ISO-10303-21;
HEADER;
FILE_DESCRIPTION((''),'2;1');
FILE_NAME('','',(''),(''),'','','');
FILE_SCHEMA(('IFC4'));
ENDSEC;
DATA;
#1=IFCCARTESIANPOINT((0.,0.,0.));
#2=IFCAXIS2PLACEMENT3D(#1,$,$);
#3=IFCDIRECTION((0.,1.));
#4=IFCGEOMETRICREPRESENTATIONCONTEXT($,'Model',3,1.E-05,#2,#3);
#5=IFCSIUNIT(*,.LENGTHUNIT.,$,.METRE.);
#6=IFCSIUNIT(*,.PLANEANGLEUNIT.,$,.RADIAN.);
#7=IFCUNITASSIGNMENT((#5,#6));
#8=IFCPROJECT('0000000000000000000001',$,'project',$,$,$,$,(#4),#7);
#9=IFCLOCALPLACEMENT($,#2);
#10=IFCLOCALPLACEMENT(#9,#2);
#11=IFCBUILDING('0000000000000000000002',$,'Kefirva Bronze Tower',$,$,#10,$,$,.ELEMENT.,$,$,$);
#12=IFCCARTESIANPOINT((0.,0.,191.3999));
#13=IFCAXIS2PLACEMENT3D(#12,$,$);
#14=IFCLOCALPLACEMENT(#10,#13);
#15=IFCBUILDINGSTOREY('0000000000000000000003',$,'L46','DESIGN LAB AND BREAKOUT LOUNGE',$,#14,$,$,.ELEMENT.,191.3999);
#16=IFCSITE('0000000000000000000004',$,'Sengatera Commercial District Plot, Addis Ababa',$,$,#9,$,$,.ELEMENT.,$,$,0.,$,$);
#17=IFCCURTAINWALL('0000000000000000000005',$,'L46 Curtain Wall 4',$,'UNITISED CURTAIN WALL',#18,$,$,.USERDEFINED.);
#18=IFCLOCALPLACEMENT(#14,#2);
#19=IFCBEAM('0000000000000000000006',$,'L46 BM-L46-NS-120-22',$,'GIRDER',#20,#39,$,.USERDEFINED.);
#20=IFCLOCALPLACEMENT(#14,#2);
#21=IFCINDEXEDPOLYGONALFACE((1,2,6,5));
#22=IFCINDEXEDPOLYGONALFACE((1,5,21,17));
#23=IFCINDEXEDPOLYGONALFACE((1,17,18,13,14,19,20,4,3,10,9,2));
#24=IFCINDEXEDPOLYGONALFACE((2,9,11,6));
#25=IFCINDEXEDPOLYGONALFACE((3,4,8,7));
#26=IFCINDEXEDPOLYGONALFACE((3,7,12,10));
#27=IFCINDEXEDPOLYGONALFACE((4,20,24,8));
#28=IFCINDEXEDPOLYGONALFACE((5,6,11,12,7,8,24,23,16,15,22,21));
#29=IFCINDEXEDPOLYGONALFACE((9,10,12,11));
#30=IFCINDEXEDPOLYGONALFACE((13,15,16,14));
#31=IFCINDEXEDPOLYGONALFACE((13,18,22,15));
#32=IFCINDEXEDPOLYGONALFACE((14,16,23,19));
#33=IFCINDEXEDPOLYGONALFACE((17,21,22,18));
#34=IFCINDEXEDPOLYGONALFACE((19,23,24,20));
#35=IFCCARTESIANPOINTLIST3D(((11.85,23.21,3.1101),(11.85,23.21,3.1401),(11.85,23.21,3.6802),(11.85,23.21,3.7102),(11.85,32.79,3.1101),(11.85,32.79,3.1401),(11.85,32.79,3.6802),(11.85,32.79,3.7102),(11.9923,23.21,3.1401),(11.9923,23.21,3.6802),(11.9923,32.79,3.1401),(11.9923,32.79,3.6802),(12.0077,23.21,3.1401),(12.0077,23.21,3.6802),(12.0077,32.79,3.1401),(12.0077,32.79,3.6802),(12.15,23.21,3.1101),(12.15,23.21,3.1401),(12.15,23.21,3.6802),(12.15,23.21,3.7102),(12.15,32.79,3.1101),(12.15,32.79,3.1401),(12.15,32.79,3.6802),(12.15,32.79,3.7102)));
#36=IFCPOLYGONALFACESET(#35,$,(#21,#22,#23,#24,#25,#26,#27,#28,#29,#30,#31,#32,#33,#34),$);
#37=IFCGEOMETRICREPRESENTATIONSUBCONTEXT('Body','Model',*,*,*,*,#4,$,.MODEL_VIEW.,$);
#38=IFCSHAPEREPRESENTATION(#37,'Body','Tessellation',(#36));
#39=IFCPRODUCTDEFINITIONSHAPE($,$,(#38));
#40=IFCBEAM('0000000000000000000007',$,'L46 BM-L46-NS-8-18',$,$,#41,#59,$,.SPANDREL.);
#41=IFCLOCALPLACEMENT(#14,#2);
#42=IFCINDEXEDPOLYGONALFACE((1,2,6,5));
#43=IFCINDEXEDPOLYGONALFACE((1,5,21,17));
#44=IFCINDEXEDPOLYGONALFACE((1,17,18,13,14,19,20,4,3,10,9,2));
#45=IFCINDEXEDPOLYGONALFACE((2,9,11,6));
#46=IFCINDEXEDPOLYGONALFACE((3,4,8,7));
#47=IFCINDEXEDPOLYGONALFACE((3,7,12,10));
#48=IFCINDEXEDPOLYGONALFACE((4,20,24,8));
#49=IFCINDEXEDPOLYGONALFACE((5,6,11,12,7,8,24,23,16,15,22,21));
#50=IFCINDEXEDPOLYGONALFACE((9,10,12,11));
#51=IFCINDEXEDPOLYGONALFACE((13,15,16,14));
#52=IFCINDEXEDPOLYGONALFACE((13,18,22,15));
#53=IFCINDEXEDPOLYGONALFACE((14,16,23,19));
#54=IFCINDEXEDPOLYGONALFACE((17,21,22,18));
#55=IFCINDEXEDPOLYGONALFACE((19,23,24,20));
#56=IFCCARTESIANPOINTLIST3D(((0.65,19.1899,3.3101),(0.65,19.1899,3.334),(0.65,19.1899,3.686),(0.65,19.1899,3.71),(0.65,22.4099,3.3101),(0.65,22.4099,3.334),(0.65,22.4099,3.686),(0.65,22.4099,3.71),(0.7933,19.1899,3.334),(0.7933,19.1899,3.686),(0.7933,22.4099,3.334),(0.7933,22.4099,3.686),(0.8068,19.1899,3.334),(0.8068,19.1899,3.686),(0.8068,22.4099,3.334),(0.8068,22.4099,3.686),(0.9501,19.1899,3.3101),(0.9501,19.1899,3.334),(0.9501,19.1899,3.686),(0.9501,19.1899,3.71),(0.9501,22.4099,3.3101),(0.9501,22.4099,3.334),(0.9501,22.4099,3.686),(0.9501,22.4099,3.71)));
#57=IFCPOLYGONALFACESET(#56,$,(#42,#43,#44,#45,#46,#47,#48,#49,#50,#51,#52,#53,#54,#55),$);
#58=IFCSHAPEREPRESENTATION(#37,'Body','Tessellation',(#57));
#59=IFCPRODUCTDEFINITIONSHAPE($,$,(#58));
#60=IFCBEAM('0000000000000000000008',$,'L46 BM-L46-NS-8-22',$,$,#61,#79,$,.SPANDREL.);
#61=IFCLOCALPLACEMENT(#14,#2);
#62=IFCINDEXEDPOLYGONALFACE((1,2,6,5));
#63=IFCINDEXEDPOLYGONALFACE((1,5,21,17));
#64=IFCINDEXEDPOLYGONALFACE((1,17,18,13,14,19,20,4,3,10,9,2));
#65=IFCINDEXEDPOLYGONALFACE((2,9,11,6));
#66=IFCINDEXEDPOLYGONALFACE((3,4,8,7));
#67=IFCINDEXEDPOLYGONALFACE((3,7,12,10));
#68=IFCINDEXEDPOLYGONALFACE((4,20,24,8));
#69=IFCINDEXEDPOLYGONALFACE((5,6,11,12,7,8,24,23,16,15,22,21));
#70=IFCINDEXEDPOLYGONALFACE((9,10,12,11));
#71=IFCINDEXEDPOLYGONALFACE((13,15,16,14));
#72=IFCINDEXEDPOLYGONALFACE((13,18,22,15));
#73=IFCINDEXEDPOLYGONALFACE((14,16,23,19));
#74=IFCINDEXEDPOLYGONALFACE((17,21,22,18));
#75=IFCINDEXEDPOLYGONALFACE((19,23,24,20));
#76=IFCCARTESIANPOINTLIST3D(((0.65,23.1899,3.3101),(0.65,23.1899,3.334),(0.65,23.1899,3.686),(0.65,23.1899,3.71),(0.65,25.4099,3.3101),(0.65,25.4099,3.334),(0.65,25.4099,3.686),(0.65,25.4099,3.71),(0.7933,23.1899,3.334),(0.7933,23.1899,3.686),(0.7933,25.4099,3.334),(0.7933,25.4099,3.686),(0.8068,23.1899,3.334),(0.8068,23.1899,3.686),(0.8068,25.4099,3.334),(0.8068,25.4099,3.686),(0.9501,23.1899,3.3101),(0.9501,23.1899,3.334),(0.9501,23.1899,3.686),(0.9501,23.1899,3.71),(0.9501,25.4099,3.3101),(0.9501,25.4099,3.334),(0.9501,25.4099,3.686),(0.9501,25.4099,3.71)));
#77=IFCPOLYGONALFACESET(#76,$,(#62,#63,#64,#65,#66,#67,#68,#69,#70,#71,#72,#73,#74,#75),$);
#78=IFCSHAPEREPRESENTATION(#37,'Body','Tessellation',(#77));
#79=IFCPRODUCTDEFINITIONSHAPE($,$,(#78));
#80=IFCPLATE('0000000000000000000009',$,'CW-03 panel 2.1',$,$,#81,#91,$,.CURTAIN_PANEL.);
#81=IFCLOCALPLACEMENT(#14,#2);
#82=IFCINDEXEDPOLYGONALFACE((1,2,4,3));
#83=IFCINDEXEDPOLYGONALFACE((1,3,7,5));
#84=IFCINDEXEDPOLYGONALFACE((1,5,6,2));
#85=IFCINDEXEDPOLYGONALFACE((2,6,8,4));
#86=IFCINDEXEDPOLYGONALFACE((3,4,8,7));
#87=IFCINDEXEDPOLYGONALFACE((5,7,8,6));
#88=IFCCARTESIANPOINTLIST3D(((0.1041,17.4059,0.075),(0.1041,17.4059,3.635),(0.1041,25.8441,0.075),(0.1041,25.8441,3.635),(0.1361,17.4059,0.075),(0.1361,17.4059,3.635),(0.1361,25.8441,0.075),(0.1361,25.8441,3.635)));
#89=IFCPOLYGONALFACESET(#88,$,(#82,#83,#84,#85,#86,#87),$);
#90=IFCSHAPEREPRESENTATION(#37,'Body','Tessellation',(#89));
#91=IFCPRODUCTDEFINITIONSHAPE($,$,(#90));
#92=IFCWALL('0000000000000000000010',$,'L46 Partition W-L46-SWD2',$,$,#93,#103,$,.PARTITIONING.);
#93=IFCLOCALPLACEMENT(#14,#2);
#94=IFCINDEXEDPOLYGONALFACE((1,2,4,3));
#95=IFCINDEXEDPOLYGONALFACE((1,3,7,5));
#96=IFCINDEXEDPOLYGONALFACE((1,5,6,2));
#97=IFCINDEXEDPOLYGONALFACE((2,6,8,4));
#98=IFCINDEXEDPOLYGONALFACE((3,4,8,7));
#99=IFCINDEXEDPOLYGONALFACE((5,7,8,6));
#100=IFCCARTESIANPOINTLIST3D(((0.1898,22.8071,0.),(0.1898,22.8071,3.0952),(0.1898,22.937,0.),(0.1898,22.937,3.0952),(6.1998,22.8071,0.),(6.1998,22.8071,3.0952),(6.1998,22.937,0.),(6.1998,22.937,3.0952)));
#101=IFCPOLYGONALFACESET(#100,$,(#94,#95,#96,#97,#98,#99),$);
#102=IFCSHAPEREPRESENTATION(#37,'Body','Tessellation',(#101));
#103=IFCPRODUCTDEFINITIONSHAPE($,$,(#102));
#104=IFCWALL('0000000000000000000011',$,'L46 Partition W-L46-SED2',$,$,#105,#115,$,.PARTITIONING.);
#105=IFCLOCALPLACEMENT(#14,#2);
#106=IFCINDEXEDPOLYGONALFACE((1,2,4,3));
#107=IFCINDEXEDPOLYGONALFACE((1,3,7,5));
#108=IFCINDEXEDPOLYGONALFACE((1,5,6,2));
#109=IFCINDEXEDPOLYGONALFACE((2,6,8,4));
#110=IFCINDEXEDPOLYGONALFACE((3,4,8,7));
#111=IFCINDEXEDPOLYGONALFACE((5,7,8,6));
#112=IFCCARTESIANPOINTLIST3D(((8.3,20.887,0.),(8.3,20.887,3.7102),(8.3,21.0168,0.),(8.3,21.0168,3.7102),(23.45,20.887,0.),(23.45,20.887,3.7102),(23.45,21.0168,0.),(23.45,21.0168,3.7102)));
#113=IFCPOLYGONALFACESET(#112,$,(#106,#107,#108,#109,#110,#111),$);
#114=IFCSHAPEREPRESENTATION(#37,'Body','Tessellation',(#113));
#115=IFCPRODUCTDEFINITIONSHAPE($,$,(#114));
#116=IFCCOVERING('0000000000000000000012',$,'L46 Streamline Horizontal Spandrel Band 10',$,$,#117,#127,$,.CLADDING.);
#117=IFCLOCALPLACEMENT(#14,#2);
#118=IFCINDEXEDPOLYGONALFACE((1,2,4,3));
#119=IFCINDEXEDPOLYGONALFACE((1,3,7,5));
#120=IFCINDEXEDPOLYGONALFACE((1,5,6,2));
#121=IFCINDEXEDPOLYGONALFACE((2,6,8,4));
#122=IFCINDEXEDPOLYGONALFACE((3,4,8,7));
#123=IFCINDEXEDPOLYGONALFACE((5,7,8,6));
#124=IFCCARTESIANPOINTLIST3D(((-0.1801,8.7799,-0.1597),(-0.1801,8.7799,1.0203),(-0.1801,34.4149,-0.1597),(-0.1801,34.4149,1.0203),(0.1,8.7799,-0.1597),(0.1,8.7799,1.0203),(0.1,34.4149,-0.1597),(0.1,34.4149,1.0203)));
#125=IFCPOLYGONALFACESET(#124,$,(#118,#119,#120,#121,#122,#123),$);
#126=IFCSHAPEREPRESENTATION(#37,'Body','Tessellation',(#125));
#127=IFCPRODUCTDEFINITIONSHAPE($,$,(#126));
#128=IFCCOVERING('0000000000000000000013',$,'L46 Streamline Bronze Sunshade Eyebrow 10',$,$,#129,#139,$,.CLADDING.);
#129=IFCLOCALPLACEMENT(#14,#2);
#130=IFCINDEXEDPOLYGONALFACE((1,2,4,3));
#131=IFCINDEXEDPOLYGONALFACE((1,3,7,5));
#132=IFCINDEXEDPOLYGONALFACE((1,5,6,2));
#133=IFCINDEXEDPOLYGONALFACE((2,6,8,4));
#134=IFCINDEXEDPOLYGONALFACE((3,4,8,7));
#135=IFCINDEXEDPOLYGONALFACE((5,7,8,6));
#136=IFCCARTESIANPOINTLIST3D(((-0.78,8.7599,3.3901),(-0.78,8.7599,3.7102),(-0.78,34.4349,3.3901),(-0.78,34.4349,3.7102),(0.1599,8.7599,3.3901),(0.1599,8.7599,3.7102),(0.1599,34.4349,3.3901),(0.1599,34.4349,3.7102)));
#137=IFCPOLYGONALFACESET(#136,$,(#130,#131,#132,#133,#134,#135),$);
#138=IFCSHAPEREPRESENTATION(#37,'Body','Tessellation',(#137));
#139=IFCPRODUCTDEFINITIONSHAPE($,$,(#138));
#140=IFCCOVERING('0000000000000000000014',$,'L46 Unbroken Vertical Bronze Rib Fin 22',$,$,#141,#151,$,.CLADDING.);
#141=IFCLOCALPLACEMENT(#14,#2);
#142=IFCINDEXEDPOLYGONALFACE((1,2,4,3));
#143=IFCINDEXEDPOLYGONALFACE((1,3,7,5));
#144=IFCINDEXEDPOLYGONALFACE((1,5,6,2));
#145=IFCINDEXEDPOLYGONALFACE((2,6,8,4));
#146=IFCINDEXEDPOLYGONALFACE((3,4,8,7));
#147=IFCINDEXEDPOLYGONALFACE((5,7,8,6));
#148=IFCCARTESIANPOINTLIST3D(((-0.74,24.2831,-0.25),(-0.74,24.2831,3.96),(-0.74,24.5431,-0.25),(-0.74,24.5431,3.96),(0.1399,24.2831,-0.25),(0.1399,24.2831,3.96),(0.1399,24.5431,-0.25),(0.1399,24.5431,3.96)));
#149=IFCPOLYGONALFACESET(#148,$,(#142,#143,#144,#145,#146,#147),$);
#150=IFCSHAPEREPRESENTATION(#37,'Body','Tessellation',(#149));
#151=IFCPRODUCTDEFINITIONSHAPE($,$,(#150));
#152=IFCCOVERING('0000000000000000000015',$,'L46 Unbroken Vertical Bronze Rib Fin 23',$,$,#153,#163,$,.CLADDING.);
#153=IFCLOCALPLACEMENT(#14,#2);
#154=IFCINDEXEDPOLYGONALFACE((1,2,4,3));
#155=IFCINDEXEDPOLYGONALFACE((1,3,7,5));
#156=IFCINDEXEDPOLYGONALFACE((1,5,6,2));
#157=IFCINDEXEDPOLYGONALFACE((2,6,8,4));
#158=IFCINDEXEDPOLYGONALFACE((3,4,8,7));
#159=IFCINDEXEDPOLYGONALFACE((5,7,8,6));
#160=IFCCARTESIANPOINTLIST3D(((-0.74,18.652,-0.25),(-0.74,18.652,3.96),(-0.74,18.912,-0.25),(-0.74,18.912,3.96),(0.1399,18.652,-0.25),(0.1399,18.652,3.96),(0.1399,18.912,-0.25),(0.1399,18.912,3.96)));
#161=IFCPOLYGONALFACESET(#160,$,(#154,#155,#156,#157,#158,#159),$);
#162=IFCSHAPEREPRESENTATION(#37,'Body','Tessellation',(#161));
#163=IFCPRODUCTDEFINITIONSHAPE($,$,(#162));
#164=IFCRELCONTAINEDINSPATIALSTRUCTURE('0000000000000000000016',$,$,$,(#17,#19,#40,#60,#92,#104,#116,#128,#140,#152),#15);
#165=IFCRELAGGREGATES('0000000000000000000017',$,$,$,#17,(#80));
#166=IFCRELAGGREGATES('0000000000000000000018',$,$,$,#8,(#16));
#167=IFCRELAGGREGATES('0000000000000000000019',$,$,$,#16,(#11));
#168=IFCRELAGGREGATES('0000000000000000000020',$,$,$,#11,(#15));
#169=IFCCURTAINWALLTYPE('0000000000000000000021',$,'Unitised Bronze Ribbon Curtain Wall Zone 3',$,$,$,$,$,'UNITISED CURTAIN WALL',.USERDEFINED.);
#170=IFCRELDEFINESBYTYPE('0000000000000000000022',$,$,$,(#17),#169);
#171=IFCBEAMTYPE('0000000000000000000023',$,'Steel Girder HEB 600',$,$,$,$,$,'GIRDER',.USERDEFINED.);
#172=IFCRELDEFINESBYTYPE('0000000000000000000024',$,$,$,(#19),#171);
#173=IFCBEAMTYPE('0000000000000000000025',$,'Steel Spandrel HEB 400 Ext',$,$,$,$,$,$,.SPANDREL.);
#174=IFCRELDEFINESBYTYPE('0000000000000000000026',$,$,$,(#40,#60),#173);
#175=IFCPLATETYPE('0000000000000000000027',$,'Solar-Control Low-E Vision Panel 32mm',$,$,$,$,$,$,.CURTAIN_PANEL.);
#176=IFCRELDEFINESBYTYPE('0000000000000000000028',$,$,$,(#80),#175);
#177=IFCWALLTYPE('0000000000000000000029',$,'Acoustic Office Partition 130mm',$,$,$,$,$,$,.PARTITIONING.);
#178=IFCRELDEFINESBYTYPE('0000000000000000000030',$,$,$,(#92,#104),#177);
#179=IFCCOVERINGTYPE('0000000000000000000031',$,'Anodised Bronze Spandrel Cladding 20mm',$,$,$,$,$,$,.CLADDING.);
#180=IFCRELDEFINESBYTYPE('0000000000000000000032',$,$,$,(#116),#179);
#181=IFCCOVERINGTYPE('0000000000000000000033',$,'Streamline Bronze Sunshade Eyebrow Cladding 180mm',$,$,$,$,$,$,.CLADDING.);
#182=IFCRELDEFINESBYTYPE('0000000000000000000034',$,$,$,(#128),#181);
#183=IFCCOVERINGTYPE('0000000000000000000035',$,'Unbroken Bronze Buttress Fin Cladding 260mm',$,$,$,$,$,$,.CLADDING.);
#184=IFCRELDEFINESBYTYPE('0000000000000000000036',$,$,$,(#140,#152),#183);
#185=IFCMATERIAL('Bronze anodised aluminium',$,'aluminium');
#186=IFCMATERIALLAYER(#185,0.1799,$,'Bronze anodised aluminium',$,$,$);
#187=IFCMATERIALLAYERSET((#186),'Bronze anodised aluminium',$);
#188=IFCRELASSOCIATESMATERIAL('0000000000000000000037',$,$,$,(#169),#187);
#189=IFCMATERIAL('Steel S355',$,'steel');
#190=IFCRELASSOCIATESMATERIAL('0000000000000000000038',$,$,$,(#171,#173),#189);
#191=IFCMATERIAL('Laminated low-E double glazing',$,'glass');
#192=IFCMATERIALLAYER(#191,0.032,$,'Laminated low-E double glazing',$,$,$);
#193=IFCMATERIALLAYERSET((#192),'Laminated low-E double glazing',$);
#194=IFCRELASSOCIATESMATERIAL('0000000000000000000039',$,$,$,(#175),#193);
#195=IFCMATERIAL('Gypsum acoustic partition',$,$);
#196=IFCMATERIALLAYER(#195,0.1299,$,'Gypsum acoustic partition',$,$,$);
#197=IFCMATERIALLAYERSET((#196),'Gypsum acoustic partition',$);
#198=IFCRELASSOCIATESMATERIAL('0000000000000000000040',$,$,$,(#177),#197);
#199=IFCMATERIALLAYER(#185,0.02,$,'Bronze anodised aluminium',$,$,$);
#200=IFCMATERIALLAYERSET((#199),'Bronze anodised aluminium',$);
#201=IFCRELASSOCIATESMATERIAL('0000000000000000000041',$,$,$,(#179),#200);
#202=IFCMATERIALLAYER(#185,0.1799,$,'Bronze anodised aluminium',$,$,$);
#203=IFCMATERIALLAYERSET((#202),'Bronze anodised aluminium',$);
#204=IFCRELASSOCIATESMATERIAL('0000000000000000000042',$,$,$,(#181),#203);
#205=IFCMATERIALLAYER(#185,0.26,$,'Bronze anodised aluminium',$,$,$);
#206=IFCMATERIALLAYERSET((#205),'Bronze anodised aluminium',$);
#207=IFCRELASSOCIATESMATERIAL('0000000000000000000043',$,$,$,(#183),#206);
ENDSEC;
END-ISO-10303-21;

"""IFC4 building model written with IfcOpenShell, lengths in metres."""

from ifc_helpers import new_model, si_unit, direction, frame, frame_2d, origin, origin_2d, place, context, subcontext, project, spatial, rectangle, i_section, extrude, material, layer, layer_set, material_profile, profile_set, type_object, element, aggregate, save


model = new_model("IFC4")

# Units and contexts
model_context = context("Model", 3, precision=1e-05, world=origin(), true_north=direction((0.0, 1.0)))
body_context = subcontext(model_context, "Body", "Model", "MODEL_VIEW")
ifc_project = project(units=[si_unit("LENGTHUNIT", "METRE"), si_unit("PLANEANGLEUNIT", "RADIAN")], contexts=[model_context])

# Site, building, storey
site_placement = place(None, origin())
site = spatial("IfcSite", under=ifc_project, at=site_placement, Name="Sengatera Commercial District Plot, Addis Ababa", CompositionType="ELEMENT", RefElevation=0.0)
building_placement = place(site_placement, origin())
building = spatial("IfcBuilding", under=site, at=building_placement, Name="Kefirva Bronze Tower", CompositionType="ELEMENT")
storey_placement = place(building_placement, frame((0.0, 0.0, 191.3999)))
storey = spatial("IfcBuildingStorey", under=building, at=storey_placement, Name="L46", Description="DESIGN LAB AND BREAKOUT LOUNGE", CompositionType="ELEMENT", Elevation=191.3999)

# Curtain wall
ifc_material_1 = material(Name="Bronze anodised aluminium", Category="aluminium")
ifc_layer_1 = layer(ifc_material_1, 0.1799, Name="Bronze anodised aluminium")
ifc_layer_set_1 = layer_set([ifc_layer_1], Name="Bronze anodised aluminium")
curtain_wall_type = type_object("IfcCurtainWallType", Name="Unitised Bronze Ribbon Curtain Wall Zone 3", ElementType="UNITISED CURTAIN WALL", PredefinedType="USERDEFINED", material=ifc_layer_set_1)
curtain_wall_placement = place(storey_placement, origin())
curtain_wall = element("IfcCurtainWall", 1, at=curtain_wall_placement, inside=storey, type_object=curtain_wall_type, Name="L46 Curtain Wall 4", ObjectType="UNITISED CURTAIN WALL", PredefinedType="USERDEFINED")

# Beams
ifc_material_2 = material(Name="Steel S355", Category="steel")
ifc_material_profile_1 = material_profile(ifc_material_2, i_section(OverallWidth=0.3, OverallDepth=0.6001, WebThickness=0.0154, FlangeThickness=0.03, at=origin_2d()), Name="HEB 600")
ifc_profile_set_1 = profile_set([ifc_material_profile_1], Name="Steel S355")
beam_type_1 = type_object("IfcBeamType", Name="Steel Girder HEB 600", ElementType="GIRDER", PredefinedType="USERDEFINED", material=ifc_profile_set_1)
beam_1_placement = place(storey_placement, frame((12.0, 23.21, 3.4102), z_axis=(0.0, 1.0, 0.0), x_axis=(-1.0, 0.0, 0.0)))
element("IfcBeam", 2, at=beam_1_placement, inside=storey, type_object=beam_type_1, Name="L46 BM-L46-NS-120-22", ObjectType="GIRDER", PredefinedType="USERDEFINED", context=body_context, shape_type="SweptSolid", body=[
    extrude(i_section(OverallWidth=0.3, OverallDepth=0.6001, WebThickness=0.0154, FlangeThickness=0.03, at=origin_2d()), origin(), (0.0, 0.0, 1.0), 9.5801),
])
ifc_material_profile_2 = material_profile(ifc_material_2, i_section(OverallWidth=0.3, OverallDepth=0.3999, WebThickness=0.0134, FlangeThickness=0.0239, at=origin_2d()), Name="HEB 400")
ifc_profile_set_2 = profile_set([ifc_material_profile_2], Name="Steel S355")
beam_type_2 = type_object("IfcBeamType", Name="Steel Spandrel HEB 400 Ext", PredefinedType="SPANDREL", material=ifc_profile_set_2)
beam_2_placement = place(storey_placement, frame((0.8, 19.1899, 3.51), z_axis=(0.0, 1.0, 0.0), x_axis=(-1.0, 0.0, 0.0)))
element("IfcBeam", 3, at=beam_2_placement, inside=storey, type_object=beam_type_2, Name="L46 BM-L46-NS-8-18", PredefinedType="SPANDREL", context=body_context, shape_type="SweptSolid", body=[
    extrude(i_section(OverallWidth=0.3, OverallDepth=0.3999, WebThickness=0.0134, FlangeThickness=0.0239, at=origin_2d()), origin(), (0.0, 0.0, 1.0), 3.22),
])
beam_3_placement = place(storey_placement, frame((0.8, 23.1899, 3.51), z_axis=(0.0, 1.0, 0.0), x_axis=(-1.0, 0.0, 0.0)))
element("IfcBeam", 4, at=beam_3_placement, inside=storey, type_object=beam_type_2, Name="L46 BM-L46-NS-8-22", PredefinedType="SPANDREL", context=body_context, shape_type="SweptSolid", body=[
    extrude(i_section(OverallWidth=0.3, OverallDepth=0.3999, WebThickness=0.0134, FlangeThickness=0.0239, at=origin_2d()), origin(), (0.0, 0.0, 1.0), 2.22),
])

# Plate
ifc_material_3 = material(Name="Laminated low-E double glazing", Category="glass")
ifc_layer_2 = layer(ifc_material_3, 0.032, Name="Laminated low-E double glazing")
ifc_layer_set_2 = layer_set([ifc_layer_2], Name="Laminated low-E double glazing")
plate_type = type_object("IfcPlateType", Name="Solar-Control Low-E Vision Panel 32mm", PredefinedType="CURTAIN_PANEL", material=ifc_layer_set_2)
plate_placement = place(storey_placement, frame((0.1201, 21.625, 0.075), z_axis=(0.0, 0.0, 1.0), x_axis=(0.0, -1.0, 0.0)))
plate = element("IfcPlate", 5, at=plate_placement, type_object=plate_type, Name="CW-03 panel 2.1", PredefinedType="CURTAIN_PANEL", context=body_context, shape_type="SweptSolid", body=[
    extrude(rectangle(XDim=8.4382, YDim=0.032, at=origin_2d()), origin(), (0.0, 0.0, 1.0), 3.5601),
])
aggregate(curtain_wall, [plate])

# Walls
ifc_material_4 = material(Name="Gypsum acoustic partition")
ifc_layer_3 = layer(ifc_material_4, 0.1299, Name="Gypsum acoustic partition")
ifc_layer_set_3 = layer_set([ifc_layer_3], Name="Gypsum acoustic partition")
wall_type = type_object("IfcWallType", Name="Acoustic Office Partition 130mm", PredefinedType="PARTITIONING", material=ifc_layer_set_3)
wall_1_placement = place(storey_placement, frame((0.1899, 22.8721, 0.0), z_axis=(0.0, 0.0, 1.0), x_axis=(1.0, 0.0, 0.0)))
element("IfcWall", 6, at=wall_1_placement, inside=storey, type_object=wall_type, Name="L46 Partition W-L46-SWD2", PredefinedType="PARTITIONING", context=body_context, shape_type="SweptSolid", body=[
    extrude(rectangle(XDim=6.01, YDim=0.1299, at=frame_2d((3.0049, 0.0))), origin(), (0.0, 0.0, 1.0), 3.0952),
])
wall_2_placement = place(storey_placement, frame((8.3, 20.9519, 0.0), z_axis=(0.0, 0.0, 1.0), x_axis=(1.0, 0.0, 0.0)))
element("IfcWall", 7, at=wall_2_placement, inside=storey, type_object=wall_type, Name="L46 Partition W-L46-SED2", PredefinedType="PARTITIONING", context=body_context, shape_type="SweptSolid", body=[
    extrude(rectangle(XDim=15.1499, YDim=0.1299, at=frame_2d((7.575, 0.0))), origin(), (0.0, 0.0, 1.0), 3.7102),
])

# Coverings
ifc_layer_4 = layer(ifc_material_1, 0.02, Name="Bronze anodised aluminium")
ifc_layer_set_4 = layer_set([ifc_layer_4], Name="Bronze anodised aluminium")
covering_type_1 = type_object("IfcCoveringType", Name="Anodised Bronze Spandrel Cladding 20mm", PredefinedType="CLADDING", material=ifc_layer_set_4)
covering_1_placement = place(storey_placement, frame((-0.04, 21.5974, -0.1597), z_axis=(0.0, 0.0, 1.0), x_axis=(0.0, -1.0, 0.0)))
element("IfcCovering", 8, at=covering_1_placement, inside=storey, type_object=covering_type_1, Name="L46 Streamline Horizontal Spandrel Band 10", PredefinedType="CLADDING", context=body_context, shape_type="SweptSolid", body=[
    extrude(rectangle(XDim=25.635, YDim=0.28, at=origin_2d()), origin(), (0.0, 0.0, 1.0), 1.1799),
])
ifc_layer_5 = layer(ifc_material_1, 0.1799, Name="Bronze anodised aluminium")
ifc_layer_set_5 = layer_set([ifc_layer_5], Name="Bronze anodised aluminium")
covering_type_2 = type_object("IfcCoveringType", Name="Streamline Bronze Sunshade Eyebrow Cladding 180mm", PredefinedType="CLADDING", material=ifc_layer_set_5)
covering_2_placement = place(storey_placement, frame((-0.3101, 21.5974, 3.3901), z_axis=(0.0, 0.0, 1.0), x_axis=(0.0, -1.0, 0.0)))
element("IfcCovering", 9, at=covering_2_placement, inside=storey, type_object=covering_type_2, Name="L46 Streamline Bronze Sunshade Eyebrow 10", PredefinedType="CLADDING", context=body_context, shape_type="SweptSolid", body=[
    extrude(rectangle(XDim=25.675, YDim=0.9399, at=origin_2d()), origin(), (0.0, 0.0, 1.0), 0.3201),
])
ifc_layer_6 = layer(ifc_material_1, 0.26, Name="Bronze anodised aluminium")
ifc_layer_set_6 = layer_set([ifc_layer_6], Name="Bronze anodised aluminium")
covering_type_3 = type_object("IfcCoveringType", Name="Unbroken Bronze Buttress Fin Cladding 260mm", PredefinedType="CLADDING", material=ifc_layer_set_6)
for number, where, z_axis, x_axis, name in (
    (10, (-0.3, 24.4131, -0.25), (0.0, 0.0, 1.0), (0.0, -1.0, 0.0), "L46 Unbroken Vertical Bronze Rib Fin 22"),
    (11, (-0.3, 18.782, -0.25), (0.0, 0.0, 1.0), (0.0, -1.0, 0.0), "L46 Unbroken Vertical Bronze Rib Fin 23"),
):
    element("IfcCovering", number, at=place(storey_placement, frame(where, z_axis=z_axis, x_axis=x_axis)), inside=storey, type_object=covering_type_3, Name=name, PredefinedType="CLADDING", context=body_context, shape_type="SweptSolid", body=[
        extrude(rectangle(XDim=0.26, YDim=0.8799, at=origin_2d()), origin(), (0.0, 0.0, 1.0), 4.21),
    ])

save(model, "model.ifc")
